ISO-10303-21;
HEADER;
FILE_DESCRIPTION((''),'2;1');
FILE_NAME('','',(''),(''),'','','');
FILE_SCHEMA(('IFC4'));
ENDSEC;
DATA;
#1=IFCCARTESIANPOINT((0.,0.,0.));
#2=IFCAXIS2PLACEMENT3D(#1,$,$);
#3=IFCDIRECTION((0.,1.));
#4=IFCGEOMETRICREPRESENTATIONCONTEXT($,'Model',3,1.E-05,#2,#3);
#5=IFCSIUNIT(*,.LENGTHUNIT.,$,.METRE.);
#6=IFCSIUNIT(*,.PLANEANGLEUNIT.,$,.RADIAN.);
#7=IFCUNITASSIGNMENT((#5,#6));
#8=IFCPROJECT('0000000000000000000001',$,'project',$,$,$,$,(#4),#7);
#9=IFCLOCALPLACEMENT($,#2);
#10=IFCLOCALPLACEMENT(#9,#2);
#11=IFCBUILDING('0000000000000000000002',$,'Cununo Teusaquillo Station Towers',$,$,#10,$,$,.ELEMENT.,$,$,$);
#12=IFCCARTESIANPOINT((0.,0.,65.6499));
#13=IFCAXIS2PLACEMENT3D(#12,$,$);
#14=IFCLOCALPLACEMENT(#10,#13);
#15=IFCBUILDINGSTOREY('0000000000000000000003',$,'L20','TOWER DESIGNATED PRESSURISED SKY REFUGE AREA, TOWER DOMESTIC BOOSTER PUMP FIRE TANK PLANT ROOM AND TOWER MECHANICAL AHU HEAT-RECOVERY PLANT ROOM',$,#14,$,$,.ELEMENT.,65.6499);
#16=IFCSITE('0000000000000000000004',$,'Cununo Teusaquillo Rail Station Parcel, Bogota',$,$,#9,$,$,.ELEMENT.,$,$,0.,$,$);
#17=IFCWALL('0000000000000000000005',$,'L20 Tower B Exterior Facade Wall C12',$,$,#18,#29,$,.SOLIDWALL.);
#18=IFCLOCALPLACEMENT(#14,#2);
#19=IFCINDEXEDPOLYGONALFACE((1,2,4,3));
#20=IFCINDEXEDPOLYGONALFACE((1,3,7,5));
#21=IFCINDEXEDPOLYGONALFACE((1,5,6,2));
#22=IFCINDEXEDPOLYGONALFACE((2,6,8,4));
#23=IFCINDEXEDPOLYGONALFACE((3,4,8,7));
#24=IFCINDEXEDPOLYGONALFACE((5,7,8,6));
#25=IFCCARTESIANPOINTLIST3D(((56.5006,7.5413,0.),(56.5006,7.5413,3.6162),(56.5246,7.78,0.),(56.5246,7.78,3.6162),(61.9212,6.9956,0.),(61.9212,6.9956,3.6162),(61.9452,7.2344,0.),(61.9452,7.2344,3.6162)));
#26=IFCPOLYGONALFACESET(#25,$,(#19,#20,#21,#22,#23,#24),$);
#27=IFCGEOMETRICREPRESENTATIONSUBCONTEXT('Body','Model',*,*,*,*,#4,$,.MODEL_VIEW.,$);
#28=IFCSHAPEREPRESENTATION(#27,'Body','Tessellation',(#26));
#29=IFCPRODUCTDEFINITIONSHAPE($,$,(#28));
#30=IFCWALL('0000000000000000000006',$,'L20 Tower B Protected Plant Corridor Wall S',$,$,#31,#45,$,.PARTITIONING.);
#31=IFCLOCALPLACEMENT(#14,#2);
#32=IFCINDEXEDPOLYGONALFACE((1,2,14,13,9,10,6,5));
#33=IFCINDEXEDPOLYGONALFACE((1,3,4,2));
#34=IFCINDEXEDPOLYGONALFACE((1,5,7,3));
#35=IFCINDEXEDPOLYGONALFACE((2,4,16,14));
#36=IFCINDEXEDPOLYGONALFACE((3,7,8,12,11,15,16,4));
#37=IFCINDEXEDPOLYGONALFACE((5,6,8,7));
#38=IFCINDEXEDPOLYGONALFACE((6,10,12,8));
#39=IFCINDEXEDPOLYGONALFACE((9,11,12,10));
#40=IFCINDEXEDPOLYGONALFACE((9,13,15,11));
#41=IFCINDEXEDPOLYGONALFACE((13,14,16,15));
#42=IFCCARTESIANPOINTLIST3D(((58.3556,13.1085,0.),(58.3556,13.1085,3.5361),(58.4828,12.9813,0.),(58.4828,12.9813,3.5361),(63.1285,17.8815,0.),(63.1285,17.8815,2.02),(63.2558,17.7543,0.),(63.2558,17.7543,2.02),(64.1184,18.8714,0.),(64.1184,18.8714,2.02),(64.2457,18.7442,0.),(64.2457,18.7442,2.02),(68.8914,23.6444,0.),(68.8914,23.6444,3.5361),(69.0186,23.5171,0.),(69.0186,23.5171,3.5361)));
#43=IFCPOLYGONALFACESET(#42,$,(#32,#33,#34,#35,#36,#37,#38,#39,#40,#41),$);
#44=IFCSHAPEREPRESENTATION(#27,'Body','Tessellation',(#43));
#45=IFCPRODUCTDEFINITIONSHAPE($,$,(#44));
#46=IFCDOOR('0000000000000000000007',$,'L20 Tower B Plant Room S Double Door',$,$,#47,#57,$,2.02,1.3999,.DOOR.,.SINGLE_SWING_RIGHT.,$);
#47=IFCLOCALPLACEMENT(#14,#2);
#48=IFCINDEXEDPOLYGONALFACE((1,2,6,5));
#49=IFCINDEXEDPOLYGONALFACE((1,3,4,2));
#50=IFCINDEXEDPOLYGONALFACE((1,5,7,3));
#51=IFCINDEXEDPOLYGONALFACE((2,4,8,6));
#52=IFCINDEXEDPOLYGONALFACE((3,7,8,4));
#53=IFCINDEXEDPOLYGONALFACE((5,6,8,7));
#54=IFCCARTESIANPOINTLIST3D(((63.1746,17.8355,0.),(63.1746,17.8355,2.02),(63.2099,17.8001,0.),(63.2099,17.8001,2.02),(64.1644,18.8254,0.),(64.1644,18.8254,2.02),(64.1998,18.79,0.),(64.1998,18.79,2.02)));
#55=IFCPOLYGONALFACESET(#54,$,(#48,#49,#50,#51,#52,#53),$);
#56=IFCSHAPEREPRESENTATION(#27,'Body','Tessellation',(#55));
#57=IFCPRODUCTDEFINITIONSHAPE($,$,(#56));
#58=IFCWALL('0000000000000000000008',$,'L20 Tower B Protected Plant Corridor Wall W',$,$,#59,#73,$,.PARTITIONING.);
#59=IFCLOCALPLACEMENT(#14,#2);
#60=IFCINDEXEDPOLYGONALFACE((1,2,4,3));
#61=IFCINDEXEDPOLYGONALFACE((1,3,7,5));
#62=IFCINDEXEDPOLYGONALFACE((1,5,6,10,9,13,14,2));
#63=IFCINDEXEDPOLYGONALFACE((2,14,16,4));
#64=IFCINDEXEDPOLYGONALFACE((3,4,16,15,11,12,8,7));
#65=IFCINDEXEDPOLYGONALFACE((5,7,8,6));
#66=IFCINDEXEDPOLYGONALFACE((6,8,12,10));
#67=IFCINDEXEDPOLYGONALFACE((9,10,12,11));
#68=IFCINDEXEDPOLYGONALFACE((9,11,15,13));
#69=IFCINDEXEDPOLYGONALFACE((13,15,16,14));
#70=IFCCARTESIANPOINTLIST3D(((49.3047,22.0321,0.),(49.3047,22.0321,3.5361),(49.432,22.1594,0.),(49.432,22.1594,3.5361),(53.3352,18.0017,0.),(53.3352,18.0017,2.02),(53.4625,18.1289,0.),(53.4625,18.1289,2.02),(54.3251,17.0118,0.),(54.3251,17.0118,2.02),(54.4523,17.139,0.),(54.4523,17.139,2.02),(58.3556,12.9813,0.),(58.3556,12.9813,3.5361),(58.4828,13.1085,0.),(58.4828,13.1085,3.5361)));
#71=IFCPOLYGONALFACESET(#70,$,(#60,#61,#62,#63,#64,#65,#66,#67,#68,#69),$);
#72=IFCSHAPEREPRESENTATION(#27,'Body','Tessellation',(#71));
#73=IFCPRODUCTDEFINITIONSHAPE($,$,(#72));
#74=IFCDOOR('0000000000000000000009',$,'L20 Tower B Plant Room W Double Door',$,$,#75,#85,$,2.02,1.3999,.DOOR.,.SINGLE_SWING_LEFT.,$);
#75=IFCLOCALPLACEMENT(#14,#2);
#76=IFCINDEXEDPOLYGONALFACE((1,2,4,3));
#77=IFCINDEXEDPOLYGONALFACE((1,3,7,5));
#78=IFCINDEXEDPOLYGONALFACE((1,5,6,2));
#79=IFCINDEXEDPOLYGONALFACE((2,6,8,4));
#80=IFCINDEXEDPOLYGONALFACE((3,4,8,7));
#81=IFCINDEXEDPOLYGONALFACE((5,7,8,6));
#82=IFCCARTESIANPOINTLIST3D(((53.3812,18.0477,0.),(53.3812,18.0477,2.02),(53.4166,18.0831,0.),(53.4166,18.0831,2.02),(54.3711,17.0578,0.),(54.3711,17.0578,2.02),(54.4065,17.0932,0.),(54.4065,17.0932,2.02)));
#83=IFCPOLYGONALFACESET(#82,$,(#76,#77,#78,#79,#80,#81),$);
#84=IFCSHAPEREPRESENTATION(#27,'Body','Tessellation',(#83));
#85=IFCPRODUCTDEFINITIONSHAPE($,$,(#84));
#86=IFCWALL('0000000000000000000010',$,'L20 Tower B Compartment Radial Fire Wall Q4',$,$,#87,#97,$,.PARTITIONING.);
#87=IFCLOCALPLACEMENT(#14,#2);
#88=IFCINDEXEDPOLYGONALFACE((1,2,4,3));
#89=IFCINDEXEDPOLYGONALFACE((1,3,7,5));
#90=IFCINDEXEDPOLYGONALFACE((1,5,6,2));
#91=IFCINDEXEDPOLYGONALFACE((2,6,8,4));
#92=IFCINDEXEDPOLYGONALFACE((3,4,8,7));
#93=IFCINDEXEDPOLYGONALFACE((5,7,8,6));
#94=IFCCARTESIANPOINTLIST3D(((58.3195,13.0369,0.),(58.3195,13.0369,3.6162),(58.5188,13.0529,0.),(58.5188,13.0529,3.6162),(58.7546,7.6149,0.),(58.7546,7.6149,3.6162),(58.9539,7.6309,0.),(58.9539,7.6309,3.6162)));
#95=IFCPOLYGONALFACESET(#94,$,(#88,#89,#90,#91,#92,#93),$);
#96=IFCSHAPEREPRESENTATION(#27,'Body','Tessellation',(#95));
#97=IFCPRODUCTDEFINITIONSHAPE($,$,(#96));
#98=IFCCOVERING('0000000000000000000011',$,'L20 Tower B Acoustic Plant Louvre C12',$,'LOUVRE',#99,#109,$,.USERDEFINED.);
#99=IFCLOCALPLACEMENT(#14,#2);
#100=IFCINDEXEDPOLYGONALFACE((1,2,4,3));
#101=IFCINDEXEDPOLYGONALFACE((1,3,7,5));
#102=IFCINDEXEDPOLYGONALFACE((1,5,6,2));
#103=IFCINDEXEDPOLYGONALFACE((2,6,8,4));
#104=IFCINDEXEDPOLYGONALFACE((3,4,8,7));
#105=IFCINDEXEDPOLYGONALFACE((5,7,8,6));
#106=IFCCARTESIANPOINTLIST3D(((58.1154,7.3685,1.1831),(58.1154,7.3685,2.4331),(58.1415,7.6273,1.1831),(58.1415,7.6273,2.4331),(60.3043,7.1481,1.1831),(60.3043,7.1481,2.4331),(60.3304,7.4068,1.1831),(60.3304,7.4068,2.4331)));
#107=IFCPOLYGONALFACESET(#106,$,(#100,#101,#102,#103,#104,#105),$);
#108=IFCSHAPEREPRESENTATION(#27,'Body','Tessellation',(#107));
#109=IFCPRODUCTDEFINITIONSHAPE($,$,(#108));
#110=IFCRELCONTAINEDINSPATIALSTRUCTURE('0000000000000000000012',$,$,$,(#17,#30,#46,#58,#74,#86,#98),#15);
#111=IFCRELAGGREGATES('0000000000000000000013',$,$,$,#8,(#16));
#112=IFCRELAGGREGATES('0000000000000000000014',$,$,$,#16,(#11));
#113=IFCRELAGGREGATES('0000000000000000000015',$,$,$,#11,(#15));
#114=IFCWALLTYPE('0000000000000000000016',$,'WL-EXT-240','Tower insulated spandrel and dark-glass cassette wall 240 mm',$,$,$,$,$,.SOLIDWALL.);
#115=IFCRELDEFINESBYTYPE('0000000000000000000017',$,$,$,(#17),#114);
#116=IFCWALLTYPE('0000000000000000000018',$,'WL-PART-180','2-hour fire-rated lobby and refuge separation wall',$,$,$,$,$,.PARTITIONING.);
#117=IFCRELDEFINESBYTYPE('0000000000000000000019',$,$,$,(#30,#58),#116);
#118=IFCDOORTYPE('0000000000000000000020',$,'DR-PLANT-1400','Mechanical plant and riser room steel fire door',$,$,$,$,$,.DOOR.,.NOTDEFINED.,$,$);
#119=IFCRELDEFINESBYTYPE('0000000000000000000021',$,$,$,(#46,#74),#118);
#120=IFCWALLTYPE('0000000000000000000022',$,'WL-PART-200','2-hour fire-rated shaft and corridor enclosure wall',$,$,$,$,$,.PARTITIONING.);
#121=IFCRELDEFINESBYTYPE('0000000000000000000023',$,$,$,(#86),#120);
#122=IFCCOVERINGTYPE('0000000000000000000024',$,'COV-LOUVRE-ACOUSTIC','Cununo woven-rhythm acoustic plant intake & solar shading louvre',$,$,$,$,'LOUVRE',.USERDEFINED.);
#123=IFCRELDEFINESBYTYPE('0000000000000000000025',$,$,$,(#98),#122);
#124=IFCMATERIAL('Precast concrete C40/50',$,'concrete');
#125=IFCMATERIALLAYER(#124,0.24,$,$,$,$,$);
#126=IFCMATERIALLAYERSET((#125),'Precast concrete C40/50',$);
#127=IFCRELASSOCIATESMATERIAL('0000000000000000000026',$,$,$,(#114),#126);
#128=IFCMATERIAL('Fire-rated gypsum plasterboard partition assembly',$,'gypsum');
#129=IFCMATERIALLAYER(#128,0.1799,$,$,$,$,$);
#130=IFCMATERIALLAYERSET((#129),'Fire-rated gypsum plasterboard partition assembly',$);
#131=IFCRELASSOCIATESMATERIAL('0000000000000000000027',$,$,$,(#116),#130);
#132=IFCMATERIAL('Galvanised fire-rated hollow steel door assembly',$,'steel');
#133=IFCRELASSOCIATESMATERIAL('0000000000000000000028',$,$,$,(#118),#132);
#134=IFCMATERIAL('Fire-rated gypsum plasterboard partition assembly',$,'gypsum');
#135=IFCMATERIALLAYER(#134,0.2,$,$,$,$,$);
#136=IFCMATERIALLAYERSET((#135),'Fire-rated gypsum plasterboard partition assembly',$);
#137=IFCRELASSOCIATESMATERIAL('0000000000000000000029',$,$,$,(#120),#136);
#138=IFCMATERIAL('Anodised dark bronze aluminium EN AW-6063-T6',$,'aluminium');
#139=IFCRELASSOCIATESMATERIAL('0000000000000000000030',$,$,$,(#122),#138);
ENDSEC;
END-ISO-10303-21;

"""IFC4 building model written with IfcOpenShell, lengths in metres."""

from ifc_helpers import new_model, si_unit, direction, frame, frame_2d, origin, origin_2d, place, context, subcontext, project, spatial, rectangle, extrude, source, transform, mapped, material, layer, layer_set, type_object, element, fill, save


model = new_model("IFC4")

# Units and contexts
model_context = context("Model", 3, precision=1e-05, world=origin(), true_north=direction((0.0, 1.0)))
body_context = subcontext(model_context, "Body", "Model", "MODEL_VIEW")
ifc_project = project(units=[si_unit("LENGTHUNIT", "METRE"), si_unit("PLANEANGLEUNIT", "RADIAN")], contexts=[model_context])

# Site, building, storey
site_placement = place(None, origin())
site = spatial("IfcSite", under=ifc_project, at=site_placement, Name="Cununo Teusaquillo Rail Station Parcel, Bogota", CompositionType="ELEMENT", RefElevation=0.0)
building_placement = place(site_placement, origin())
building = spatial("IfcBuilding", under=site, at=building_placement, Name="Cununo Teusaquillo Station Towers", CompositionType="ELEMENT")
storey_placement = place(building_placement, frame((0.0, 0.0, 65.6499)))
storey = spatial("IfcBuildingStorey", under=building, at=storey_placement, Name="L20", Description="TOWER DESIGNATED PRESSURISED SKY REFUGE AREA, TOWER DOMESTIC BOOSTER PUMP FIRE TANK PLANT ROOM AND TOWER MECHANICAL AHU HEAT-RECOVERY PLANT ROOM", CompositionType="ELEMENT", Elevation=65.6499)

# Wall
ifc_material_1 = material(Name="Precast concrete C40/50", Category="concrete")
ifc_layer_1 = layer(ifc_material_1, 0.24)
ifc_layer_set_1 = layer_set([ifc_layer_1], Name="Precast concrete C40/50")
wall_type_1 = type_object("IfcWallType", Name="WL-EXT-240", Description="Tower insulated spandrel and dark-glass cassette wall 240 mm", PredefinedType="SOLIDWALL", material=ifc_layer_set_1)
wall_1_placement = place(storey_placement, frame((61.9333, 7.115, 0.0), z_axis=(0.0, 0.0, 1.0), x_axis=(-0.994972, 0.100156, 0.0)))
element("IfcWall", 1, at=wall_1_placement, inside=storey, type_object=wall_type_1, Name="L20 Tower B Exterior Facade Wall C12", PredefinedType="SOLIDWALL", context=body_context, shape_type="SweptSolid", body=[
    extrude(rectangle(XDim=5.448, YDim=0.24, at=frame_2d((2.7241, 0.0))), origin(), (0.0, 0.0, 1.0), 3.6162),
])

# Walls, openings, doors
ifc_material_2 = material(Name="Fire-rated gypsum plasterboard partition assembly", Category="gypsum")
ifc_layer_2 = layer(ifc_material_2, 0.1799)
ifc_layer_set_2 = layer_set([ifc_layer_2], Name="Fire-rated gypsum plasterboard partition assembly")
wall_type_2 = type_object("IfcWallType", Name="WL-PART-180", Description="2-hour fire-rated lobby and refuge separation wall", PredefinedType="PARTITIONING", material=ifc_layer_set_2)
wall_2_placement = place(storey_placement, frame((58.4192, 13.0449, 0.0), z_axis=(0.0, 0.0, 1.0), x_axis=(0.707107, 0.707107, 0.0)))
wall_2 = element("IfcWall", 2, at=wall_2_placement, inside=storey, type_object=wall_type_2, Name="L20 Tower B Protected Plant Corridor Wall S", PredefinedType="PARTITIONING", context=body_context, shape_type="SweptSolid", body=[
    extrude(rectangle(XDim=14.8999, YDim=0.1799, at=frame_2d((7.45, 0.0))), origin(), (0.0, 0.0, 1.0), 3.5361),
])
shared_shape_1 = source(origin(), body_context, "Body", "SweptSolid", [
    extrude(rectangle(XDim=1.3999, YDim=2.02, at=frame_2d((0.7, 1.01))), frame((0.0, 0.0999, 0.0), z_axis=(0.0, -1.0, 0.0), x_axis=(1.0, 0.0, 0.0)), (0.0, 0.0, 1.0), 0.2),
])
opening_1_placement = place(wall_2_placement, frame((6.75, 0.0, 0.0)))
opening_1 = element("IfcOpeningElement", 3, at=opening_1_placement, cuts=wall_2, PredefinedType="OPENING", context=body_context, shape_type="MappedRepresentation", body=[
    mapped(shared_shape_1, transform((0.0, 0.0, 0.0), x_axis=(1.0, 0.0, 0.0), y_axis=(0.0, 1.0, 0.0), z_axis=(0.0, 0.0, 1.0), scale=1.0)),
])
ifc_material_3 = material(Name="Galvanised fire-rated hollow steel door assembly", Category="steel")
door_type_1 = type_object("IfcDoorType", Name="DR-PLANT-1400", Description="Mechanical plant and riser room steel fire door", OperationType="NOTDEFINED", PredefinedType="DOOR", material=ifc_material_3)
shared_shape_2 = source(origin(), body_context, "Body", "SweptSolid", [
    extrude(rectangle(XDim=1.3999, YDim=2.02, at=frame_2d((0.7, 1.01))), frame((0.0, 0.0249, 0.0), z_axis=(0.0, -1.0, 0.0), x_axis=(1.0, 0.0, 0.0)), (0.0, 0.0, 1.0), 0.05),
])
door_1_placement = place(opening_1_placement, origin())
door_1 = element("IfcDoor", 4, at=door_1_placement, inside=storey, type_object=door_type_1, Name="L20 Tower B Plant Room S Double Door", OperationType="SINGLE_SWING_RIGHT", OverallHeight=2.02, OverallWidth=1.3999, PredefinedType="DOOR", context=body_context, shape_type="MappedRepresentation", body=[
    mapped(shared_shape_2, transform((0.0, 0.0, 0.0), x_axis=(1.0, 0.0, 0.0), y_axis=(0.0, 1.0, 0.0), z_axis=(0.0, 0.0, 1.0), scale=1.0)),
])
fill(opening_1, door_1)
wall_3_placement = place(storey_placement, frame((58.4192, 13.0449, 0.0), z_axis=(0.0, 0.0, 1.0), x_axis=(-0.707107, 0.707107, 0.0)))
wall_3 = element("IfcWall", 5, at=wall_3_placement, inside=storey, type_object=wall_type_2, Name="L20 Tower B Protected Plant Corridor Wall W", PredefinedType="PARTITIONING", context=body_context, shape_type="SweptSolid", body=[
    extrude(rectangle(XDim=12.7998, YDim=0.1799, at=frame_2d((6.3999, 0.0))), origin(), (0.0, 0.0, 1.0), 3.5361),
])
opening_2_placement = place(wall_3_placement, frame((5.7, 0.0, 0.0)))
opening_2 = element("IfcOpeningElement", 6, at=opening_2_placement, cuts=wall_3, PredefinedType="OPENING", context=body_context, shape_type="MappedRepresentation", body=[
    mapped(shared_shape_1, transform((0.0, 0.0, 0.0), x_axis=(1.0, 0.0, 0.0), y_axis=(0.0, 1.0, 0.0), z_axis=(0.0, 0.0, 1.0), scale=1.0)),
])
door_2_placement = place(opening_2_placement, origin())
door_2 = element("IfcDoor", 7, at=door_2_placement, inside=storey, type_object=door_type_1, Name="L20 Tower B Plant Room W Double Door", OperationType="SINGLE_SWING_LEFT", OverallHeight=2.02, OverallWidth=1.3999, PredefinedType="DOOR", context=body_context, shape_type="MappedRepresentation", body=[
    mapped(shared_shape_2, transform((0.0, 0.0, 0.0), x_axis=(1.0, 0.0, 0.0), y_axis=(0.0, 1.0, 0.0), z_axis=(0.0, 0.0, 1.0), scale=1.0)),
])
fill(opening_2, door_2)

# Wall
ifc_material_4 = material(Name="Fire-rated gypsum plasterboard partition assembly", Category="gypsum")
ifc_layer_3 = layer(ifc_material_4, 0.2)
ifc_layer_set_3 = layer_set([ifc_layer_3], Name="Fire-rated gypsum plasterboard partition assembly")
wall_type_3 = type_object("IfcWallType", Name="WL-PART-200", Description="2-hour fire-rated shaft and corridor enclosure wall", PredefinedType="PARTITIONING", material=ifc_layer_set_3)
wall_4_placement = place(storey_placement, frame((58.4192, 13.0449, 0.0), z_axis=(0.0, 0.0, 1.0), x_axis=(0.079981, -0.996796, 0.0)))
element("IfcWall", 8, at=wall_4_placement, inside=storey, type_object=wall_type_3, Name="L20 Tower B Compartment Radial Fire Wall Q4", PredefinedType="PARTITIONING", context=body_context, shape_type="SweptSolid", body=[
    extrude(rectangle(XDim=5.4395, YDim=0.2, at=frame_2d((2.7197, 0.0))), origin(), (0.0, 0.0, 1.0), 3.6162),
])

# Covering
ifc_material_5 = material(Name="Anodised dark bronze aluminium EN AW-6063-T6", Category="aluminium")
covering_type = type_object("IfcCoveringType", Name="COV-LOUVRE-ACOUSTIC", Description="Cununo woven-rhythm acoustic plant intake & solar shading louvre", ElementType="LOUVRE", PredefinedType="USERDEFINED", material=ifc_material_5)
shared_shape_3 = source(origin(), body_context, "Body", "SweptSolid", [
    extrude(rectangle(XDim=2.2, YDim=0.26, at=origin_2d()), origin(), (0.0, 0.0, 1.0), 1.25),
])
covering_placement = place(storey_placement, frame((59.2229, 7.3877, 1.1831), z_axis=(0.0, 0.0, 1.0), x_axis=(-0.994969, 0.100188, 0.0)))
element("IfcCovering", 9, at=covering_placement, inside=storey, type_object=covering_type, Name="L20 Tower B Acoustic Plant Louvre C12", ObjectType="LOUVRE", PredefinedType="USERDEFINED", context=body_context, shape_type="MappedRepresentation", body=[
    mapped(shared_shape_3, transform((0.0, 0.0, 0.0), x_axis=(1.0, 0.0, 0.0), y_axis=(0.0, 1.0, 0.0), z_axis=(0.0, 0.0, 1.0), scale=1.0)),
])

save(model, "model.ifc")
